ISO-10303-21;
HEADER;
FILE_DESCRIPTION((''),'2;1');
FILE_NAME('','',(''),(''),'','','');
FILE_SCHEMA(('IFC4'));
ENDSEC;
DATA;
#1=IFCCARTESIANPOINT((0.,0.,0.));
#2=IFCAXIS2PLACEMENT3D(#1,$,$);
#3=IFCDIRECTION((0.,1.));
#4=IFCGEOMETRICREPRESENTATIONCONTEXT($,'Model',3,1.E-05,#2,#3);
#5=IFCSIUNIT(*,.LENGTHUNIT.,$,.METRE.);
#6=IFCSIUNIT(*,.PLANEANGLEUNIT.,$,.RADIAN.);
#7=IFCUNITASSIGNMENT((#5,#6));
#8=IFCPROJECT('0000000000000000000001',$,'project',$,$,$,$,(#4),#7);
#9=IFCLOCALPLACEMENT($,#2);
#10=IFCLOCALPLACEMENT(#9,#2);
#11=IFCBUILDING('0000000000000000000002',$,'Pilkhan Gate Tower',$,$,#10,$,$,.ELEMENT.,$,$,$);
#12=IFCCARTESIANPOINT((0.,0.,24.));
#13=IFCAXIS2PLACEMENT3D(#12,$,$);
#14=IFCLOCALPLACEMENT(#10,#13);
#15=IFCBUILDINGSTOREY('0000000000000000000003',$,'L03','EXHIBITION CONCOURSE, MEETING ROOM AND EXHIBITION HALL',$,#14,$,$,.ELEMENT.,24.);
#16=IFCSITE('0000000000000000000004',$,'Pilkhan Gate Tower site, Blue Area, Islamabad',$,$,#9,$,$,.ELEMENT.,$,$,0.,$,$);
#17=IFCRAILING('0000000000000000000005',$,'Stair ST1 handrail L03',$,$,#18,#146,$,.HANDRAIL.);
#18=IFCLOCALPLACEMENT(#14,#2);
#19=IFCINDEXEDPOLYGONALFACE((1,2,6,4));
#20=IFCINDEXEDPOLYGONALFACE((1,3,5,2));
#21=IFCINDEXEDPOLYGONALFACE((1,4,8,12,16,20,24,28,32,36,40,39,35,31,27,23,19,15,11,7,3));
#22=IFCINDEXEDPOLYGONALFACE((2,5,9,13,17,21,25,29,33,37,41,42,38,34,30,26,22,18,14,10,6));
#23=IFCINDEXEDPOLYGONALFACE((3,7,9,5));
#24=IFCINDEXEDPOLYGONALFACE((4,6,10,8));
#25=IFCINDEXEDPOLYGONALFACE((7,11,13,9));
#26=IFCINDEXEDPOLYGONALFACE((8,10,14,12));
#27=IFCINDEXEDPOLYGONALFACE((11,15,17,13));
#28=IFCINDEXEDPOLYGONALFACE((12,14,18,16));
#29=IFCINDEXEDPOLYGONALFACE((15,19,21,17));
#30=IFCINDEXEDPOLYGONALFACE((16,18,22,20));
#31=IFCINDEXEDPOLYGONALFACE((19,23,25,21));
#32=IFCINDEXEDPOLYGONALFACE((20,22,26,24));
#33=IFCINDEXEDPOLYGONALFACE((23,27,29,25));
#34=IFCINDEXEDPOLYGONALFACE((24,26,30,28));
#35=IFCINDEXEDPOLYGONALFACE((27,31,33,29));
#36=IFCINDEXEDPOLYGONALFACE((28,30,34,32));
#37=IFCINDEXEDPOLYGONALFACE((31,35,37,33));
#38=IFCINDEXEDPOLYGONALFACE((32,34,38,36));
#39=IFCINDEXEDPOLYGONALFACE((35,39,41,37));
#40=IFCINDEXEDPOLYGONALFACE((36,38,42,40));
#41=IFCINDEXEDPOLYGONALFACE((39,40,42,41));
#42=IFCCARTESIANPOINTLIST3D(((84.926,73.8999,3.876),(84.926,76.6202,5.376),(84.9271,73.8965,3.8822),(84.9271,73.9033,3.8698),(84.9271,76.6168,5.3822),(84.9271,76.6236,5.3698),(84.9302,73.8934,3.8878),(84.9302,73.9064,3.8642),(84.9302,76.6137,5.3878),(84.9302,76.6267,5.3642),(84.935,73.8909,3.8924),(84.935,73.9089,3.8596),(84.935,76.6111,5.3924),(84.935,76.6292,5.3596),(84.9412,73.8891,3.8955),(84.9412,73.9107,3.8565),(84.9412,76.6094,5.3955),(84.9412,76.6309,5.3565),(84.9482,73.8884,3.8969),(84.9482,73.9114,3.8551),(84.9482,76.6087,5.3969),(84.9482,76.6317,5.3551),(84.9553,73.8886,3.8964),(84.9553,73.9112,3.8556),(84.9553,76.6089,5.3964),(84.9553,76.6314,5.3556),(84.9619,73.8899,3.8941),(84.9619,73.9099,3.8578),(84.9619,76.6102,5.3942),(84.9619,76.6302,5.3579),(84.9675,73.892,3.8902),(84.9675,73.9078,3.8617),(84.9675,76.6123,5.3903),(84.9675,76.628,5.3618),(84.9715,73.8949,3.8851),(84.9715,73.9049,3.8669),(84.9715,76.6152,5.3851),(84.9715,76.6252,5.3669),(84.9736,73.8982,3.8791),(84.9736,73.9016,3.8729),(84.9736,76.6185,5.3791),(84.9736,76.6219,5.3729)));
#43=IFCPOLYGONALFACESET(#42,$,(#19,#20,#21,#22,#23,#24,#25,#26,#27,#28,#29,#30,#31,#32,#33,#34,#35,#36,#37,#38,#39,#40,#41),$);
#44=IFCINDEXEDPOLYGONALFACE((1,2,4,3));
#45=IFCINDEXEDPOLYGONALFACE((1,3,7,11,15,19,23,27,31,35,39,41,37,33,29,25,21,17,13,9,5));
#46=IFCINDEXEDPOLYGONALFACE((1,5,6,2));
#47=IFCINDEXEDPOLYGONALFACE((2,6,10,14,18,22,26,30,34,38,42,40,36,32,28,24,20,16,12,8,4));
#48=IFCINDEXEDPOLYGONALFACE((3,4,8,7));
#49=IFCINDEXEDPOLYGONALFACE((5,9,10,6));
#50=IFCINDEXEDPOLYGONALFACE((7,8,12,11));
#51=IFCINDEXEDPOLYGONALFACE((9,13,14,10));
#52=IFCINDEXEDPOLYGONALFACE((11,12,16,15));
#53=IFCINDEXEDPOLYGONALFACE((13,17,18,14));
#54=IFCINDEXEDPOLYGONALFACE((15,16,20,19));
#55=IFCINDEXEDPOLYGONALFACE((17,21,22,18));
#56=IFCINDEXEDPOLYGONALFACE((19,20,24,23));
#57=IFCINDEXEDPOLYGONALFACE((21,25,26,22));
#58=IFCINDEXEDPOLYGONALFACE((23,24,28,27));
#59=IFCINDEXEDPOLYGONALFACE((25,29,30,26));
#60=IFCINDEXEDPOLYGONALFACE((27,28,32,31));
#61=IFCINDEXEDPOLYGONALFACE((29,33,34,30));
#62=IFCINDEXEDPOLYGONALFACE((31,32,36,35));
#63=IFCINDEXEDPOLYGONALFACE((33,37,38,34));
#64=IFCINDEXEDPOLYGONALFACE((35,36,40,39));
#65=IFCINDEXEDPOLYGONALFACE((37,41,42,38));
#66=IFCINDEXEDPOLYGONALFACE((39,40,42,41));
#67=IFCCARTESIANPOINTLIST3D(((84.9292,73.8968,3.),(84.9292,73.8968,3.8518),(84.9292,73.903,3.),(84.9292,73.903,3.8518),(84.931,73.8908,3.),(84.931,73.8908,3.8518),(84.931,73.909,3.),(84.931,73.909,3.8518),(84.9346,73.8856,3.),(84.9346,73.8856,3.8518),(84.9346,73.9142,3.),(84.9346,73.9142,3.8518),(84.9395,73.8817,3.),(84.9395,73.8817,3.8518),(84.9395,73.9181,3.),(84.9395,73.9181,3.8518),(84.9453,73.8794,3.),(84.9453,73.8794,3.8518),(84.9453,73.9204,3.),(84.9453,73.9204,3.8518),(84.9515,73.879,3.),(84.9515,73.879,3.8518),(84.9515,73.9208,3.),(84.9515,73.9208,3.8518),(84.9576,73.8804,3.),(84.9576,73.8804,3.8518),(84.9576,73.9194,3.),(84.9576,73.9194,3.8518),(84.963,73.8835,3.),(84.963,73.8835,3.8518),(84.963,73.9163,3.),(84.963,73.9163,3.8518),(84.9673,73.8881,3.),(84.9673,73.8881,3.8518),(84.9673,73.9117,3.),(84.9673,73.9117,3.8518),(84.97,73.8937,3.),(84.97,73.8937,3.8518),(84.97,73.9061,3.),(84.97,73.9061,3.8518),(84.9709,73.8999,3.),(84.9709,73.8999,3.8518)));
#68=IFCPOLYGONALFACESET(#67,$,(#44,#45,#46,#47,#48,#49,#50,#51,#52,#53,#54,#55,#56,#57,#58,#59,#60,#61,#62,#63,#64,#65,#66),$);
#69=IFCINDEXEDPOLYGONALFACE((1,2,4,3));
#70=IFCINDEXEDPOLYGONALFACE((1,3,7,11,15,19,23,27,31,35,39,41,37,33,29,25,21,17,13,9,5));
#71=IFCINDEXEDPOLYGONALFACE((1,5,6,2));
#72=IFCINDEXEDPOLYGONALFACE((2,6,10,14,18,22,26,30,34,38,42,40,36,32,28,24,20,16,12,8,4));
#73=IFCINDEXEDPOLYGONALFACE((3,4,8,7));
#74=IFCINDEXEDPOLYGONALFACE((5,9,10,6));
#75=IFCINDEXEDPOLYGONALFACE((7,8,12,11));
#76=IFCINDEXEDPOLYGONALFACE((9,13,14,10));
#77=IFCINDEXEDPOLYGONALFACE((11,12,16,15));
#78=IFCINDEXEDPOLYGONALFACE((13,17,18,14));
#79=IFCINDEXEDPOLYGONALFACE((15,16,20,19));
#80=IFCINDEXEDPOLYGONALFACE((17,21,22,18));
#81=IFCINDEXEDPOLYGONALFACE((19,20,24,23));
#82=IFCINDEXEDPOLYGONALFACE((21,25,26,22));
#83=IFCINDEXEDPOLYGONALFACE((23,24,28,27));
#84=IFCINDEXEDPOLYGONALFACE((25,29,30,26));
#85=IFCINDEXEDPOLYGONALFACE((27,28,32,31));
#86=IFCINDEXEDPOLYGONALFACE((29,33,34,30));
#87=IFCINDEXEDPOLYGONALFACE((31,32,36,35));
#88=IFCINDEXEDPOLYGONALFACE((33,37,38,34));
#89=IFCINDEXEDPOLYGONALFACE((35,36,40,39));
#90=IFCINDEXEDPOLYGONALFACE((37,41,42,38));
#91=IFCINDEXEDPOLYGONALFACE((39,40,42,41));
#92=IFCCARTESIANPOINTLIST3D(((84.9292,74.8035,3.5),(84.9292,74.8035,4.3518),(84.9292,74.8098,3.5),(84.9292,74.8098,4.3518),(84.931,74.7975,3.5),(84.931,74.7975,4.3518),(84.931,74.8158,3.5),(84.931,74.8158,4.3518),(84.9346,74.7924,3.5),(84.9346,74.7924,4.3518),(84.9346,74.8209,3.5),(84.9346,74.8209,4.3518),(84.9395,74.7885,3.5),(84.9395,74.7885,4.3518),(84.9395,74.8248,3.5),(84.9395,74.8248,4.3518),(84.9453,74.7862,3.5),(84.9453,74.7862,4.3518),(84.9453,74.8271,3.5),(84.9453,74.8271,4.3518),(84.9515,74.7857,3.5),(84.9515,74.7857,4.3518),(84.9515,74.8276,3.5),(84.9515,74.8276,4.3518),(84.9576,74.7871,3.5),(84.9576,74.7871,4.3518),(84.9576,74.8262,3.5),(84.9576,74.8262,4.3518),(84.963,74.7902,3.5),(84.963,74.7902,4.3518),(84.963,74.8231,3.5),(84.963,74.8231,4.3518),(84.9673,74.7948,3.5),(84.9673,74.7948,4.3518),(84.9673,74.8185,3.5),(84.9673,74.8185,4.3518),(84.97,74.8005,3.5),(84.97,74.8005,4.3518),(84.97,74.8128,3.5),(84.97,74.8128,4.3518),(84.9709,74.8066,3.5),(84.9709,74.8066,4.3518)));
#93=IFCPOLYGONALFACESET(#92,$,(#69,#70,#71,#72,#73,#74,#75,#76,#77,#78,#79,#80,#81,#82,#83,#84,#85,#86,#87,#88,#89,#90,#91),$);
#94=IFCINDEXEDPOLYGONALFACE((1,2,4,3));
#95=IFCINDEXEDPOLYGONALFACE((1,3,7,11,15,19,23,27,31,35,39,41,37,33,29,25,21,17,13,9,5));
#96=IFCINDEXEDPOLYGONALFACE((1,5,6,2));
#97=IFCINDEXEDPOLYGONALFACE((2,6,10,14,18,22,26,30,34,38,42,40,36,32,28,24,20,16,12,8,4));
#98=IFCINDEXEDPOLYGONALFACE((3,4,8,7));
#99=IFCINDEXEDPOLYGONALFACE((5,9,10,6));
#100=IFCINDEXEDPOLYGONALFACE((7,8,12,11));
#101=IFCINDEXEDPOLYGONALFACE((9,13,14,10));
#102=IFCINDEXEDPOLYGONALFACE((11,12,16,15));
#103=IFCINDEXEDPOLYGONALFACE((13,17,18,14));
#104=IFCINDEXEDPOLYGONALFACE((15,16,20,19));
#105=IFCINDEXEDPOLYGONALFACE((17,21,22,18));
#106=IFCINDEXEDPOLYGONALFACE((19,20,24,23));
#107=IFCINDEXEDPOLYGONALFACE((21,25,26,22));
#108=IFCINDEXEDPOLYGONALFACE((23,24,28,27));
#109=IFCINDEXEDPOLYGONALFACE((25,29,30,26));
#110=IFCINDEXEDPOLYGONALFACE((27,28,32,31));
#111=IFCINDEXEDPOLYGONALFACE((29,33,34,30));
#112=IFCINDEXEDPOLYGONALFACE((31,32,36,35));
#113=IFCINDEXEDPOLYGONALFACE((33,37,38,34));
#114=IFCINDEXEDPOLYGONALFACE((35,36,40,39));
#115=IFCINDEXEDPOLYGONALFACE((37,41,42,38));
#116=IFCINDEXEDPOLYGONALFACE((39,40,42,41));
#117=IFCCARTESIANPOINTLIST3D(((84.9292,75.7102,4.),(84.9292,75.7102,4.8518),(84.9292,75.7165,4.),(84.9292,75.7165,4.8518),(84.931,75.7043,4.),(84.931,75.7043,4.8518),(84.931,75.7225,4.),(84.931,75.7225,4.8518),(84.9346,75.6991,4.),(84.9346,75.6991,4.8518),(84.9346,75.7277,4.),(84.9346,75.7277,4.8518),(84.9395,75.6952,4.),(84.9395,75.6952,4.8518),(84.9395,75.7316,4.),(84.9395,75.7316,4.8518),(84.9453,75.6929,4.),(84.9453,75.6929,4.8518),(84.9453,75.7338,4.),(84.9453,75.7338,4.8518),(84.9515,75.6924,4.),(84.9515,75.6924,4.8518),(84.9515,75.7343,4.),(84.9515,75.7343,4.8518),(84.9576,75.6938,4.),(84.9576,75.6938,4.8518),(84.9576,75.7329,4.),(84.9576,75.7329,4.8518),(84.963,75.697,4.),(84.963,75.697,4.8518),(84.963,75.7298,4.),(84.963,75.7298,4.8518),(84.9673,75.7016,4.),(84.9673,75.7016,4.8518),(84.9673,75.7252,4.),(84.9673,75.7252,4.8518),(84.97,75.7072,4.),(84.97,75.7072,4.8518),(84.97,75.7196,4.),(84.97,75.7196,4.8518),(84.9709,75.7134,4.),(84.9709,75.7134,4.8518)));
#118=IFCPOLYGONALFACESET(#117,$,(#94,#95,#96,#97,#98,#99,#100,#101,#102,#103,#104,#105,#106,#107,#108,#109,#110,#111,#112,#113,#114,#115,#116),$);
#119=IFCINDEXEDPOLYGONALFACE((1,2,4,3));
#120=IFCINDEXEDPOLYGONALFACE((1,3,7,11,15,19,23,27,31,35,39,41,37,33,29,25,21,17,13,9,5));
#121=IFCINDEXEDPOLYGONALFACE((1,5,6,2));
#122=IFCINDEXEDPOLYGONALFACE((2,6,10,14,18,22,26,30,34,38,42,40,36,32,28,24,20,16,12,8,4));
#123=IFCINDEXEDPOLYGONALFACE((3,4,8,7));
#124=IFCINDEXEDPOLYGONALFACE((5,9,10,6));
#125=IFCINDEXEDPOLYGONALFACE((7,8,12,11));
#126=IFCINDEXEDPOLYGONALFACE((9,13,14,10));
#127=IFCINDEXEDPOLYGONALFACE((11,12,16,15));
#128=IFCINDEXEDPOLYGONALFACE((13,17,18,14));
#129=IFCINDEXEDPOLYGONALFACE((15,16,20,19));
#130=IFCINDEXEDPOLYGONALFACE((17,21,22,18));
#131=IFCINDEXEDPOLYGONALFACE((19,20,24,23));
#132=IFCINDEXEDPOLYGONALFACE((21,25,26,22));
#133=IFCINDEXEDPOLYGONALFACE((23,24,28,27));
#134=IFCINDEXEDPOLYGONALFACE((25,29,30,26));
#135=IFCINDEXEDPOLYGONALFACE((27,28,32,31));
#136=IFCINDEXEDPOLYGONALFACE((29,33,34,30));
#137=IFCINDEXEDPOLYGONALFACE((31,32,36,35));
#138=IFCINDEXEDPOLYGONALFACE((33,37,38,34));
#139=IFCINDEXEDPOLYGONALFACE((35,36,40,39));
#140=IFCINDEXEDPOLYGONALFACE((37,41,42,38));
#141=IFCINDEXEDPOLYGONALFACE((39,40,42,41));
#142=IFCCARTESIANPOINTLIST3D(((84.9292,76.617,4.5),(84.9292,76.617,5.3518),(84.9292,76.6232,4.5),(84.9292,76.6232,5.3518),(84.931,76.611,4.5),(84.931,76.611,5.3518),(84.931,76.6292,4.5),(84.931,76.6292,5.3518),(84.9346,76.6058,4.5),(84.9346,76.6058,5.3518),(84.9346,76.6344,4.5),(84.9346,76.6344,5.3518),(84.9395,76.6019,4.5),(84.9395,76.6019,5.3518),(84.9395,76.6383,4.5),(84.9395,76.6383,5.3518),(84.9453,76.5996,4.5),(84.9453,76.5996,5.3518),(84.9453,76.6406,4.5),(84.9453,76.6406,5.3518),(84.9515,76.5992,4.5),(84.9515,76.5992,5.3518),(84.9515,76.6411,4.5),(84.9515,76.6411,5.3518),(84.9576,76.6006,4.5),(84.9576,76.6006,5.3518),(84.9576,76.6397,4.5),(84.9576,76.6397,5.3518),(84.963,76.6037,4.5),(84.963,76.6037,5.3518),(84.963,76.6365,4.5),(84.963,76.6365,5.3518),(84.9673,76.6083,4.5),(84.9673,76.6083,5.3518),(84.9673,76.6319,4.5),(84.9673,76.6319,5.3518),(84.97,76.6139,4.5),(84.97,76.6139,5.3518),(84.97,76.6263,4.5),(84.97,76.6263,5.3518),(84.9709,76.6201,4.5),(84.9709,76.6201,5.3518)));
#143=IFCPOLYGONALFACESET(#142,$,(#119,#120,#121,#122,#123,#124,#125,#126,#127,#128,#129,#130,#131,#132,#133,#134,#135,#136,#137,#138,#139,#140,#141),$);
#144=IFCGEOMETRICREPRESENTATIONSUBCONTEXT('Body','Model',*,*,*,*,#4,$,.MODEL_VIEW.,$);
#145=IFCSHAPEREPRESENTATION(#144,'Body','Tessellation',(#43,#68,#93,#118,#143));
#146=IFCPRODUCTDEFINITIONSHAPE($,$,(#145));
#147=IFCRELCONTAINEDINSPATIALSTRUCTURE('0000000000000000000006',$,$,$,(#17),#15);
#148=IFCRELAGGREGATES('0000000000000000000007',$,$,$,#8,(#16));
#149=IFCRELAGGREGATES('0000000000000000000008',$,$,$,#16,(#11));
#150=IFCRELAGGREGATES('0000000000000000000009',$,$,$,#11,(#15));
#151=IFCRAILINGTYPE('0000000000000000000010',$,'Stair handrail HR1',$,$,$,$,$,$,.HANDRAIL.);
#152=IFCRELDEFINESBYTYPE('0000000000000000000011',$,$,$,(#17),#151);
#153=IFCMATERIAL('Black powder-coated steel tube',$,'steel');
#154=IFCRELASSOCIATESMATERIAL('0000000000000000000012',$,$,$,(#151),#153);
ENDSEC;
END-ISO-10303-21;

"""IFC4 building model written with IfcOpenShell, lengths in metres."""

from ifc_helpers import new_model, si_unit, direction, frame, origin, origin_2d, place, context, subcontext, project, spatial, circle, extrude, material, type_object, element, save


model = new_model("IFC4")

# Units and contexts
model_context = context("Model", 3, precision=1e-05, world=origin(), true_north=direction((0.0, 1.0)))
body_context = subcontext(model_context, "Body", "Model", "MODEL_VIEW")
ifc_project = project(units=[si_unit("LENGTHUNIT", "METRE"), si_unit("PLANEANGLEUNIT", "RADIAN")], contexts=[model_context])

# Site, building, storey
site_placement = place(None, origin())
site = spatial("IfcSite", under=ifc_project, at=site_placement, Name="Pilkhan Gate Tower site, Blue Area, Islamabad", CompositionType="ELEMENT", RefElevation=0.0)
building_placement = place(site_placement, origin())
building = spatial("IfcBuilding", under=site, at=building_placement, Name="Pilkhan Gate Tower", CompositionType="ELEMENT")
storey_placement = place(building_placement, frame((0.0, 0.0, 24.0)))
storey = spatial("IfcBuildingStorey", under=building, at=storey_placement, Name="L03", Description="EXHIBITION CONCOURSE, MEETING ROOM AND EXHIBITION HALL", CompositionType="ELEMENT", Elevation=24.0)

# Railing
ifc_material_1 = material(Name="Black powder-coated steel tube", Category="steel")
railing_type_1 = type_object("IfcRailingType", Name="Stair handrail HR1", PredefinedType="HANDRAIL", material=ifc_material_1)
for number, where, name in (
    (1, (84.95, 73.8999, 3.0), "Stair ST1 handrail L03"),
):
    element("IfcRailing", number, at=place(storey_placement, frame(where)), inside=storey, type_object=railing_type_1, Name=name, PredefinedType="HANDRAIL", context=body_context, shape_type="SweptSolid", body=[
        extrude(circle(Radius=0.0239, at=origin_2d()), frame((0.0, 0.0, 0.876), z_axis=(0.0, 0.875688, 0.482878), x_axis=(-1.0, 0.0, 0.0)), (0.0, 0.0, 1.0), 3.1064),
        extrude(circle(Radius=0.021, at=origin_2d()), origin(), (0.0, 0.0, 1.0), 0.8518),
        extrude(circle(Radius=0.021, at=origin_2d()), frame((0.0, 0.9067, 0.5)), (0.0, 0.0, 1.0), 0.8518),
        extrude(circle(Radius=0.021, at=origin_2d()), frame((0.0, 1.8135, 1.0)), (0.0, 0.0, 1.0), 0.8518),
        extrude(circle(Radius=0.021, at=origin_2d()), frame((0.0, 2.7202, 1.5)), (0.0, 0.0, 1.0), 0.8518),
    ])

save(model, "model.ifc")
